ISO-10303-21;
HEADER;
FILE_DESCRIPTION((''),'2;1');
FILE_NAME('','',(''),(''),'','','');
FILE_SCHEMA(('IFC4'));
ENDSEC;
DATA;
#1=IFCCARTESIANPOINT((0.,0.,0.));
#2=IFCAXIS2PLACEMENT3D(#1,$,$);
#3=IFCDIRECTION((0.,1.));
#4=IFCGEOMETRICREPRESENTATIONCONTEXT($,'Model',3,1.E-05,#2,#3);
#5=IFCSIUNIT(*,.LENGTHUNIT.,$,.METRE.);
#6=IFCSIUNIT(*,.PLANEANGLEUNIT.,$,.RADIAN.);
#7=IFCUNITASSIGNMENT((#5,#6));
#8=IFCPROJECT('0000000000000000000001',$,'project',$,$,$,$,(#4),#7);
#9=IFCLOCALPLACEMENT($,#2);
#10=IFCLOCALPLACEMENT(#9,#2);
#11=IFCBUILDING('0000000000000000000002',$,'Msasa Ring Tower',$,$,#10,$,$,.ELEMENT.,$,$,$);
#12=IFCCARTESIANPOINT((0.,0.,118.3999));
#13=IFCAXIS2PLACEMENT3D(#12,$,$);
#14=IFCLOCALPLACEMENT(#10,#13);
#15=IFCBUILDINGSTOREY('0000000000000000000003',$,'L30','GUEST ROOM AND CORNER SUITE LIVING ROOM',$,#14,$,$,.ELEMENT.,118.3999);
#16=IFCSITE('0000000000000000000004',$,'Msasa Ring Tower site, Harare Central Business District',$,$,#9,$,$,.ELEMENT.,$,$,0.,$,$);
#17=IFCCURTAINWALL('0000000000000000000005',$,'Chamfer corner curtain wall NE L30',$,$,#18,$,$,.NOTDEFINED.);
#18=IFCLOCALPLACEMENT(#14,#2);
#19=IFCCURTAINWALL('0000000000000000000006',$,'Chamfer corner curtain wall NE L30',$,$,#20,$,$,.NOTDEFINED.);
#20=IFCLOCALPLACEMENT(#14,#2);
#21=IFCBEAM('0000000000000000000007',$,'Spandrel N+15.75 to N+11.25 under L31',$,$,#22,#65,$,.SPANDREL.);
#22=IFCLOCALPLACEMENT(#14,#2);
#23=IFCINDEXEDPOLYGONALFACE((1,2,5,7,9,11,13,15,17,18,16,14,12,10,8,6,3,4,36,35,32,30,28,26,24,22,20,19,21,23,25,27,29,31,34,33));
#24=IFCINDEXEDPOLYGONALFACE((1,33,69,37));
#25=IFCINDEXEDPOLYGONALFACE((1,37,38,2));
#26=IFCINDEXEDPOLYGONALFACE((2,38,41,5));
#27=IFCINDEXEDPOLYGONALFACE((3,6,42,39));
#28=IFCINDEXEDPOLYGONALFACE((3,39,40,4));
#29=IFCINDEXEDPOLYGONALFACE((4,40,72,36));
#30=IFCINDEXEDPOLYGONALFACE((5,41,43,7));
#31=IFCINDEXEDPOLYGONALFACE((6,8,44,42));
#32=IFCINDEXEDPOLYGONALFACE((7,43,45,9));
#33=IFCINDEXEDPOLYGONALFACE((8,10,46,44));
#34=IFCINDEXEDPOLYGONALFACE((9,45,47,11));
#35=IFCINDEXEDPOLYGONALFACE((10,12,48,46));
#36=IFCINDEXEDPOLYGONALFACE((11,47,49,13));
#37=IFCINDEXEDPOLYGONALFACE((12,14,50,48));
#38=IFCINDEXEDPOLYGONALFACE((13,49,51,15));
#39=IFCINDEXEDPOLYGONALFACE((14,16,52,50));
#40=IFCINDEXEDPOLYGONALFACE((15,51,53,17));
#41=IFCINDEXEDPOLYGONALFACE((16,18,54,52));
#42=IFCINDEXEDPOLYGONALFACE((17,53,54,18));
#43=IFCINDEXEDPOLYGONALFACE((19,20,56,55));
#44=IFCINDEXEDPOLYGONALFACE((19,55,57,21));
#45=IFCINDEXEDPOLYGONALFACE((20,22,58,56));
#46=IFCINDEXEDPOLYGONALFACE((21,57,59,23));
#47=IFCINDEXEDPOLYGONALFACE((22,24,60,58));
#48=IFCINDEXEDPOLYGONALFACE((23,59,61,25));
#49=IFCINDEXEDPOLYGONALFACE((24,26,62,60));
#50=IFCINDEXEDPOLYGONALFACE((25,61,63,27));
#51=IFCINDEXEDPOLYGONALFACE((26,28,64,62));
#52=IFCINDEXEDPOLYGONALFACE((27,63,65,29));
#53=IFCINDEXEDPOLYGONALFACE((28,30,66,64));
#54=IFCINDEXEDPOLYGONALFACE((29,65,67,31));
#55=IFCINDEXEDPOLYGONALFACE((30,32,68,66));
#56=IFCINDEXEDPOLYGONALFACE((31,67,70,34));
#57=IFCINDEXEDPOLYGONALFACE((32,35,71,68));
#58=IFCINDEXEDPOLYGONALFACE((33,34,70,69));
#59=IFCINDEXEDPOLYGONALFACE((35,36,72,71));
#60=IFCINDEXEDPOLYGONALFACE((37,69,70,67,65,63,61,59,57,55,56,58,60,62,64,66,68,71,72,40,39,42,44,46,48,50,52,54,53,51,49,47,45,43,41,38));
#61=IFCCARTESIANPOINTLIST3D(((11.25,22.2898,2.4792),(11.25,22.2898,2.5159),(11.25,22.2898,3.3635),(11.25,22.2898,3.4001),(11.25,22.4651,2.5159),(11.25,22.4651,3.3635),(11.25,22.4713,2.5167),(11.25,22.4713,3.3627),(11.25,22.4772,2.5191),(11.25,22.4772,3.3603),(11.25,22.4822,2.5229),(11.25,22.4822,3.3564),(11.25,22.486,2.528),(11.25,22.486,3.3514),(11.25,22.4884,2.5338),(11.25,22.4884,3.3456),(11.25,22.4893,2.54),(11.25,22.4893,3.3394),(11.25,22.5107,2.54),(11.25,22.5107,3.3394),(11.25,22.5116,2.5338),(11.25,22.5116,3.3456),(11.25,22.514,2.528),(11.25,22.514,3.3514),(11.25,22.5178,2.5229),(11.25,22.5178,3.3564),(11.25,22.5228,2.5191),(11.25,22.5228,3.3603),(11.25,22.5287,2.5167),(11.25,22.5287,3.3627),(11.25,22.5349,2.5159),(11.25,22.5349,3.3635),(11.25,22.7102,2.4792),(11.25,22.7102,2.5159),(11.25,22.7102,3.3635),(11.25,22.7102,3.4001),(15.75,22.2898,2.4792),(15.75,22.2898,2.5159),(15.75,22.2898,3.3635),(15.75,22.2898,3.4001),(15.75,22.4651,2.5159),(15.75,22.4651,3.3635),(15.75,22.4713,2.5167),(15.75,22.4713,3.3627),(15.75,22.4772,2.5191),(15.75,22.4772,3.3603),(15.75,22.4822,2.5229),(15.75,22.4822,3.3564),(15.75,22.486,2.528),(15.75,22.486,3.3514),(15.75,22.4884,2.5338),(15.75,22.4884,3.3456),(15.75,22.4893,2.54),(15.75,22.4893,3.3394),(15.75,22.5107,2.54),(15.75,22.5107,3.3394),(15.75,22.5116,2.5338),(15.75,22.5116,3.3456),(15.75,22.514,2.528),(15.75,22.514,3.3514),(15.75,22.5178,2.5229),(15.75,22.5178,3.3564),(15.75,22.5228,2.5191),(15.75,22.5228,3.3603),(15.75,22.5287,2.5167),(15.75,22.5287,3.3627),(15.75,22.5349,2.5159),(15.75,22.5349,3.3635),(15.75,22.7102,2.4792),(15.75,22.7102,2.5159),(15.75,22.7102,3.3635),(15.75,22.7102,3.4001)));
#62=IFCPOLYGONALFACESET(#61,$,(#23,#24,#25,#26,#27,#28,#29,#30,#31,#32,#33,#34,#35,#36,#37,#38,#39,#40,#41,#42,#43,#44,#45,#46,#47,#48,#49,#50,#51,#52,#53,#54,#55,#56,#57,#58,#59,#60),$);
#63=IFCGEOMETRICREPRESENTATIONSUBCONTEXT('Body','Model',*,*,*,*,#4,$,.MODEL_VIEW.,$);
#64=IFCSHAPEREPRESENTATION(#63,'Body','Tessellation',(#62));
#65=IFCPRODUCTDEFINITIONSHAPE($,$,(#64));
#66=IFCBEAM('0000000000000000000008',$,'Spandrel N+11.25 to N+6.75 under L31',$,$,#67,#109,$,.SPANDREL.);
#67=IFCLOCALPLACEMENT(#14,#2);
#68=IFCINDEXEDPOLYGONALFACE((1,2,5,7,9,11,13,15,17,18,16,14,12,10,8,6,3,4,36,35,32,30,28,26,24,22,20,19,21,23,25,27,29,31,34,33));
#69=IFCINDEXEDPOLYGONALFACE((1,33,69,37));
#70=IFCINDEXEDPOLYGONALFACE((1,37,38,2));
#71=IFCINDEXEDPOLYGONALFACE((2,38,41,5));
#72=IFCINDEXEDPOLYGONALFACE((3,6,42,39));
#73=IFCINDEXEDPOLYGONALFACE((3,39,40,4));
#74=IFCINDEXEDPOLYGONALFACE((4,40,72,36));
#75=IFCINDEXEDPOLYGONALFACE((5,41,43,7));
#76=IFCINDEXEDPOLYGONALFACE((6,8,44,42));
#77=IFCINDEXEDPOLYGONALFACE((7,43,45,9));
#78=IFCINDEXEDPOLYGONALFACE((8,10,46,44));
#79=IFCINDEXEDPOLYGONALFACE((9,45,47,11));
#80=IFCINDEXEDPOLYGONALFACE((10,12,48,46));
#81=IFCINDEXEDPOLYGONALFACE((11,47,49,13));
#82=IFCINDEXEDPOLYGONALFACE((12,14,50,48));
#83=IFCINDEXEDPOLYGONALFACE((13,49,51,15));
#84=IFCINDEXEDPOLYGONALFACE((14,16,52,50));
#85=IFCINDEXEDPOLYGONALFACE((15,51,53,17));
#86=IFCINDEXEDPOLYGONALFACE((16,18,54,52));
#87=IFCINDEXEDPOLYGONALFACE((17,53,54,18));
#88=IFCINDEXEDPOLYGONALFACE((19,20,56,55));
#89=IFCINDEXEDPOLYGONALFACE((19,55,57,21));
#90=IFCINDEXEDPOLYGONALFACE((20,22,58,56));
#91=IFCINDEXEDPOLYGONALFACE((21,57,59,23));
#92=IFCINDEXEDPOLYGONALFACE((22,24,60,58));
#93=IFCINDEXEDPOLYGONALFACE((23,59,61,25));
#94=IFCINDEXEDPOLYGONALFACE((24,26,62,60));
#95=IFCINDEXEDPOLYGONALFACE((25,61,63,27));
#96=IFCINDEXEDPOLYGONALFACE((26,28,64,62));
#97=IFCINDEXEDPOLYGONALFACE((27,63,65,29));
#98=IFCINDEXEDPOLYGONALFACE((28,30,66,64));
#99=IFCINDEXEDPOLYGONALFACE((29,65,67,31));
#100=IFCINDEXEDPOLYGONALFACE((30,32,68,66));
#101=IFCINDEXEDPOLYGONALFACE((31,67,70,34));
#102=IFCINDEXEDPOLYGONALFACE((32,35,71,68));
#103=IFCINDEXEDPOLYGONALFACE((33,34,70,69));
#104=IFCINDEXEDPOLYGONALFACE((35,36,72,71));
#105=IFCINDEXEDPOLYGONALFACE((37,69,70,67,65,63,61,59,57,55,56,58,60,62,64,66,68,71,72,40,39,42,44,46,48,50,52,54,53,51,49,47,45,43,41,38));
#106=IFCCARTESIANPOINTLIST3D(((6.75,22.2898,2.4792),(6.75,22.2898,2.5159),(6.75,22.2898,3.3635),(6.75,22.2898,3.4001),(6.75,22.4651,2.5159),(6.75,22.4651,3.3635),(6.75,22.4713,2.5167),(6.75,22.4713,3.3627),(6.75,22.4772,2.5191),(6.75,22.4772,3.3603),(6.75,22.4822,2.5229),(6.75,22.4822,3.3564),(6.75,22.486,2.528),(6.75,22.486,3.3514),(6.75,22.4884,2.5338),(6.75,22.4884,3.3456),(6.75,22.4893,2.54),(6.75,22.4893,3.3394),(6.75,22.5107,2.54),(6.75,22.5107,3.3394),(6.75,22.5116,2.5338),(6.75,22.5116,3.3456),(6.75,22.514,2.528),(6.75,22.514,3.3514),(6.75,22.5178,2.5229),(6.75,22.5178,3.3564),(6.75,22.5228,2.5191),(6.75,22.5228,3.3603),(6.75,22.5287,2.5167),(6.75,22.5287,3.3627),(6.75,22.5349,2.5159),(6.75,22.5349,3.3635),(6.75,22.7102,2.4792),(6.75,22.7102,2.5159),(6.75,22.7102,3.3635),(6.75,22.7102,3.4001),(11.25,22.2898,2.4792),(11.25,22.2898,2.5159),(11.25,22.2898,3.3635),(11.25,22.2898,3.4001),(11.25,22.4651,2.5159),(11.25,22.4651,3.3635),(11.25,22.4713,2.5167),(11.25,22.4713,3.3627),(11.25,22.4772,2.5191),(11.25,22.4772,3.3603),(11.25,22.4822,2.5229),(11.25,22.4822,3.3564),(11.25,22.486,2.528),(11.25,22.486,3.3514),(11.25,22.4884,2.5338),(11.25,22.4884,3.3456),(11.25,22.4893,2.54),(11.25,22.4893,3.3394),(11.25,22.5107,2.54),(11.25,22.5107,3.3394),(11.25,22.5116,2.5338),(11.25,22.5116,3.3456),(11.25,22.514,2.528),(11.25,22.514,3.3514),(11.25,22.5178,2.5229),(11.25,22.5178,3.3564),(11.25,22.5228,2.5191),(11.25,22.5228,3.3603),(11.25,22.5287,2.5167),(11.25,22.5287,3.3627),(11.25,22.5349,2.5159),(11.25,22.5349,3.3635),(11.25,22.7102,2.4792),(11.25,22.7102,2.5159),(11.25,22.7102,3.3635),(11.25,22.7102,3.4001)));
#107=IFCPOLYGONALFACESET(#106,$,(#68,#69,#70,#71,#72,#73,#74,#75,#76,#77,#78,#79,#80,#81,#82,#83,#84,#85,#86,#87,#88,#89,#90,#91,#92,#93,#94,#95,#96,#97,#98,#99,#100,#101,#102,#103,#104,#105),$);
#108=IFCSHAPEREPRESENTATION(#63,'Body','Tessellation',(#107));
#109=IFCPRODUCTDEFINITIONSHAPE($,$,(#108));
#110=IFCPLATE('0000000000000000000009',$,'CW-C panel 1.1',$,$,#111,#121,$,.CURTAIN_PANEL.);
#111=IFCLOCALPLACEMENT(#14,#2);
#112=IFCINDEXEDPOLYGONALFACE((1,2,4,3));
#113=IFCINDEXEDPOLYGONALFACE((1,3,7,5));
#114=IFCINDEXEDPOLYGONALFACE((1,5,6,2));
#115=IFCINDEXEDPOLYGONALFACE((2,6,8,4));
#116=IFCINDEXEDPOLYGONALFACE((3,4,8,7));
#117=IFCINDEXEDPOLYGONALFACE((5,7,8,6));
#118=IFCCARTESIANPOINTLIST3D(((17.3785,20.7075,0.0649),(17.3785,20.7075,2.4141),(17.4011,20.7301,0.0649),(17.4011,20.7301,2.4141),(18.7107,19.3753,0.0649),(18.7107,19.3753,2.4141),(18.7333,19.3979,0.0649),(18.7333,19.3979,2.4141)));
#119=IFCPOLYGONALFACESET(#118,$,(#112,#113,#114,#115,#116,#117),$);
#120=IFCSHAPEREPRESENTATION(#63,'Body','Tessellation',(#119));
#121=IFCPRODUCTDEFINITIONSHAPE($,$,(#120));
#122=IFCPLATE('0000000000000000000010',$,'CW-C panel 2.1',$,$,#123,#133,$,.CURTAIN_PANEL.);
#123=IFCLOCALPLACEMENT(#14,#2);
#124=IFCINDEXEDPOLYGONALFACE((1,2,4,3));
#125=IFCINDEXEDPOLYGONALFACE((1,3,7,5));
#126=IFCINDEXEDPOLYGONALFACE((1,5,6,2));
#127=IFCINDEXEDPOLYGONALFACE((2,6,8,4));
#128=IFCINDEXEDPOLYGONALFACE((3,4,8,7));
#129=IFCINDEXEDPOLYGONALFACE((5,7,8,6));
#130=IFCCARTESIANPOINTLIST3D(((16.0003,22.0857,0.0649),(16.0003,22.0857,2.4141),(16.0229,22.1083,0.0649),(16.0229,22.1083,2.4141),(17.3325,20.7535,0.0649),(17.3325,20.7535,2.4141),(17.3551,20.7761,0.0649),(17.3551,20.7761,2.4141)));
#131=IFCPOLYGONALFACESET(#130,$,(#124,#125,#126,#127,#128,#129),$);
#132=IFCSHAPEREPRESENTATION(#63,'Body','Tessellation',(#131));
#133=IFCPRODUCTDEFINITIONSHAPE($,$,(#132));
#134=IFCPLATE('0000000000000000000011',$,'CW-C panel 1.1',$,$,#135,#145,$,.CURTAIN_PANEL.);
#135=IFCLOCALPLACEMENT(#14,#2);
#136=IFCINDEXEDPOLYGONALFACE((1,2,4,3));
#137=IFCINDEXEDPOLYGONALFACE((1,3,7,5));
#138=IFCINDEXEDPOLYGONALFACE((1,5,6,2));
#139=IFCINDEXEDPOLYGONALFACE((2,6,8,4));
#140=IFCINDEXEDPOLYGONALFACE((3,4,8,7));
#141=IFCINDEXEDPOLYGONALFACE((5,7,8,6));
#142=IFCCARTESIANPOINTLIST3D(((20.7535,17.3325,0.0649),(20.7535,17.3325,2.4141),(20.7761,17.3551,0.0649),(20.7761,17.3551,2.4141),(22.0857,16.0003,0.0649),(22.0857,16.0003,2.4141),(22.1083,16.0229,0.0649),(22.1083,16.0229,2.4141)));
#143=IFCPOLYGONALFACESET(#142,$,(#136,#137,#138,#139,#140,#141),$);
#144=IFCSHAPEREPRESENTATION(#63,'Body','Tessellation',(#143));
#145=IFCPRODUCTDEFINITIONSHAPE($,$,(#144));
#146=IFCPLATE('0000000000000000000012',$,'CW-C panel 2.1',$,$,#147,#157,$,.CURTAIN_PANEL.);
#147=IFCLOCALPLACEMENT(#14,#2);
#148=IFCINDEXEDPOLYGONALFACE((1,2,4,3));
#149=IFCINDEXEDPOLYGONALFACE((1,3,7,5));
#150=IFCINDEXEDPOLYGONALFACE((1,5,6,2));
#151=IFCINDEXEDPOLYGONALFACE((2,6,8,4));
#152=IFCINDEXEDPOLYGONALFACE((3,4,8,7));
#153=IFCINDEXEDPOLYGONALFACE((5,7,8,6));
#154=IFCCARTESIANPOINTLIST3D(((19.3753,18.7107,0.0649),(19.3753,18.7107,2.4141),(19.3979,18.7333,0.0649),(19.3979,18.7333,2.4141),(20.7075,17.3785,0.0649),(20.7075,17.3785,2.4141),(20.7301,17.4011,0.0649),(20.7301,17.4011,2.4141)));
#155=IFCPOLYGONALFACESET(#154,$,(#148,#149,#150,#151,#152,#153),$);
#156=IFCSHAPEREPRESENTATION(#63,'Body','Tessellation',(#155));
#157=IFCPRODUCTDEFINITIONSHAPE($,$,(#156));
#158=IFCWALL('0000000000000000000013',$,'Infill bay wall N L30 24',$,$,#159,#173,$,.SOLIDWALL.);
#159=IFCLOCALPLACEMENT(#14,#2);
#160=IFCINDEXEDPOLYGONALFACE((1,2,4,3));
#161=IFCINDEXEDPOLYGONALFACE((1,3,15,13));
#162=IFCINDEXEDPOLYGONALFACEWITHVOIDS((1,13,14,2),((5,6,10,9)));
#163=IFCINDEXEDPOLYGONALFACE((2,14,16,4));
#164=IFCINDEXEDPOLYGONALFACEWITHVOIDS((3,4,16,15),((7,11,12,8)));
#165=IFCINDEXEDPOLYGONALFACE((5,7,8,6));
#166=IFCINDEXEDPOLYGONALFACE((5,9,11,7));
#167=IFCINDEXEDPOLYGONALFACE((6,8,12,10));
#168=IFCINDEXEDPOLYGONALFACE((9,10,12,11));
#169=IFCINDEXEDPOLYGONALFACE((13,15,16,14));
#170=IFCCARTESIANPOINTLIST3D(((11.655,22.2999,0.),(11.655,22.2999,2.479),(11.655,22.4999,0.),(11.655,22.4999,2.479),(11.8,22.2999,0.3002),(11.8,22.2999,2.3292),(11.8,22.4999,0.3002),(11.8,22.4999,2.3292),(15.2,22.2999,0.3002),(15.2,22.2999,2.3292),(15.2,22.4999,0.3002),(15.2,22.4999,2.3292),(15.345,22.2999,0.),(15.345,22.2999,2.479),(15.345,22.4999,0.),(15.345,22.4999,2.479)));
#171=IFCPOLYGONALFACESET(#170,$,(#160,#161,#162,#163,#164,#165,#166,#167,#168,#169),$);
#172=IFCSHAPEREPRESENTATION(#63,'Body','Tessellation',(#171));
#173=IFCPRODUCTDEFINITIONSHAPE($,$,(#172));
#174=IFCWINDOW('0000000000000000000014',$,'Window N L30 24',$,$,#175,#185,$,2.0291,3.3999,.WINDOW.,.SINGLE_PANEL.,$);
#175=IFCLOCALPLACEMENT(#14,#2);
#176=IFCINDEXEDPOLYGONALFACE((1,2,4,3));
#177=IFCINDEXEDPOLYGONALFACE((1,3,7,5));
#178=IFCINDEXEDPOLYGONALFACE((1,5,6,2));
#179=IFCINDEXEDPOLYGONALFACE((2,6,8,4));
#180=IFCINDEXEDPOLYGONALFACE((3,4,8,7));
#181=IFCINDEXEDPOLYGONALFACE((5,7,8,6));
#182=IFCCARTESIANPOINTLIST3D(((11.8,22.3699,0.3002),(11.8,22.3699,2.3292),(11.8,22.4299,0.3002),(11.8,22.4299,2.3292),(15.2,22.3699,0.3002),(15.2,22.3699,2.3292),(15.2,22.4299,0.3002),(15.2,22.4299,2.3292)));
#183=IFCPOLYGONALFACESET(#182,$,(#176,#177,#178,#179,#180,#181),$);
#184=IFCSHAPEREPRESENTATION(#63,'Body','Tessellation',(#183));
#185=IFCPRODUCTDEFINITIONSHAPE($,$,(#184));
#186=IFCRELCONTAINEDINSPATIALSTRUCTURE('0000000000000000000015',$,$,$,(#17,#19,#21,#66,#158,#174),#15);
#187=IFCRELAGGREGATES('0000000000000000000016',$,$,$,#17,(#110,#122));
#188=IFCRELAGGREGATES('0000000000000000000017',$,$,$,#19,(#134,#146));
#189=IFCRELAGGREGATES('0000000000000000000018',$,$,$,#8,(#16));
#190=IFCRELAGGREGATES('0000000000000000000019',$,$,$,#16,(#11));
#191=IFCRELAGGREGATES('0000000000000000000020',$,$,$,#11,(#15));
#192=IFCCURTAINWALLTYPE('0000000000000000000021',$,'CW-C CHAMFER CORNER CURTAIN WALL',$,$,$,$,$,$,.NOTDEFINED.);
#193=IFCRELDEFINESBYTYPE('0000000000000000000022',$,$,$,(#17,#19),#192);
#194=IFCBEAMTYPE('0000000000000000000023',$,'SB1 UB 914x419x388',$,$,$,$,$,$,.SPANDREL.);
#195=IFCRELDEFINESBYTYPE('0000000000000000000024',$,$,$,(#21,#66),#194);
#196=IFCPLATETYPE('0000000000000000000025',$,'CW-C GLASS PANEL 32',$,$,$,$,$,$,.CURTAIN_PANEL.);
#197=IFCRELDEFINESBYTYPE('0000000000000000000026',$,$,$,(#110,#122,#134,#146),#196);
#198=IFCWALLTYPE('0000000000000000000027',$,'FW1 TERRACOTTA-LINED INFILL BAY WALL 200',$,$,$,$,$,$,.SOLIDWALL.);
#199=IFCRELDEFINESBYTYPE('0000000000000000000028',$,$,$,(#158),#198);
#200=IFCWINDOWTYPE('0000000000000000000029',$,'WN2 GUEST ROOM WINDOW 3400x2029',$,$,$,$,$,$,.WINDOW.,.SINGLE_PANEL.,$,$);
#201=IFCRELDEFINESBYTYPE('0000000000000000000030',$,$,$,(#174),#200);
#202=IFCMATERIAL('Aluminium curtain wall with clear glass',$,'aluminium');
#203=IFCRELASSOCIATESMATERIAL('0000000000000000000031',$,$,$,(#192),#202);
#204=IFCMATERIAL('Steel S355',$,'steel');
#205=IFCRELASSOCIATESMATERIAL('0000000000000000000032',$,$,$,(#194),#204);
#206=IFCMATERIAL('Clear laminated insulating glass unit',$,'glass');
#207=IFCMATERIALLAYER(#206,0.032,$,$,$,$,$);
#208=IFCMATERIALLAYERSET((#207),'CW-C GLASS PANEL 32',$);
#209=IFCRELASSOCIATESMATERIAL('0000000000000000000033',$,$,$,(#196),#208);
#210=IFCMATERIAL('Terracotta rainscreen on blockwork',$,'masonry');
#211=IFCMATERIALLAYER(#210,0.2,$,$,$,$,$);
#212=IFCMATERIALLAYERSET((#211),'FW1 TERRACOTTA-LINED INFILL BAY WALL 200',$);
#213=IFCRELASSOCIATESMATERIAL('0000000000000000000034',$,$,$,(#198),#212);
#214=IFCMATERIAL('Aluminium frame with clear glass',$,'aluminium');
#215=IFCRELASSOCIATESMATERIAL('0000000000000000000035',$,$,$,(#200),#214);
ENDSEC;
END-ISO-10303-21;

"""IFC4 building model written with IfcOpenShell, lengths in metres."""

from ifc_helpers import new_model, si_unit, direction, frame, frame_2d, origin, origin_2d, place, context, subcontext, project, spatial, rectangle, i_section, extrude, material, layer, layer_set, material_profile, profile_set, type_object, element, fill, aggregate, save


model = new_model("IFC4")

# Units and contexts
model_context = context("Model", 3, precision=1e-05, world=origin(), true_north=direction((0.0, 1.0)))
body_context = subcontext(model_context, "Body", "Model", "MODEL_VIEW")
ifc_project = project(units=[si_unit("LENGTHUNIT", "METRE"), si_unit("PLANEANGLEUNIT", "RADIAN")], contexts=[model_context])

# Site, building, storey
site_placement = place(None, origin())
site = spatial("IfcSite", under=ifc_project, at=site_placement, Name="Msasa Ring Tower site, Harare Central Business District", CompositionType="ELEMENT", RefElevation=0.0)
building_placement = place(site_placement, origin())
building = spatial("IfcBuilding", under=site, at=building_placement, Name="Msasa Ring Tower", CompositionType="ELEMENT")
storey_placement = place(building_placement, frame((0.0, 0.0, 118.3999)))
storey = spatial("IfcBuildingStorey", under=building, at=storey_placement, Name="L30", Description="GUEST ROOM AND CORNER SUITE LIVING ROOM", CompositionType="ELEMENT", Elevation=118.3999)

# Curtain walls
ifc_material_1 = material(Name="Aluminium curtain wall with clear glass", Category="aluminium")
curtain_wall_type = type_object("IfcCurtainWallType", Name="CW-C CHAMFER CORNER CURTAIN WALL", PredefinedType="NOTDEFINED", material=ifc_material_1)
curtain_wall_1_placement = place(storey_placement, origin())
curtain_wall_1 = element("IfcCurtainWall", 1, at=curtain_wall_1_placement, inside=storey, type_object=curtain_wall_type, Name="Chamfer corner curtain wall NE L30", PredefinedType="NOTDEFINED")
curtain_wall_2_placement = place(storey_placement, origin())
curtain_wall_2 = element("IfcCurtainWall", 2, at=curtain_wall_2_placement, inside=storey, type_object=curtain_wall_type, Name="Chamfer corner curtain wall NE L30", PredefinedType="NOTDEFINED")

# Beams
ifc_material_2 = material(Name="Steel S355", Category="steel")
ifc_material_profile_1 = material_profile(ifc_material_2, i_section(OverallWidth=0.4204, OverallDepth=0.9209, WebThickness=0.0215, FlangeThickness=0.0366, FilletRadius=0.0242, at=origin_2d()), Name="UB 914x419x388")
ifc_profile_set_1 = profile_set([ifc_material_profile_1], Name="Steel S355")
beam_type_1 = type_object("IfcBeamType", Name="SB1 UB 914x419x388", PredefinedType="SPANDREL", material=ifc_profile_set_1)
for number, where, z_axis, x_axis, name in (
    (3, (15.75, 22.5, 2.9397), (-1.0, 0.0, 0.0), (0.0, -1.0, 0.0), "Spandrel N+15.75 to N+11.25 under L31"),
    (4, (11.25, 22.5, 2.9397), (-1.0, 0.0, 0.0), (0.0, -1.0, 0.0), "Spandrel N+11.25 to N+6.75 under L31"),
):
    element("IfcBeam", number, at=place(storey_placement, frame(where, z_axis=z_axis, x_axis=x_axis)), inside=storey, type_object=beam_type_1, Name=name, PredefinedType="SPANDREL", context=body_context, shape_type="SweptSolid", body=[
        extrude(i_section(OverallWidth=0.4204, OverallDepth=0.9209, WebThickness=0.0215, FlangeThickness=0.0366, FilletRadius=0.0242, at=origin_2d()), origin(), (0.0, 0.0, 1.0), 4.5),
    ])

# Plates
ifc_material_3 = material(Name="Clear laminated insulating glass unit", Category="glass")
ifc_layer_1 = layer(ifc_material_3, 0.032)
ifc_layer_set_1 = layer_set([ifc_layer_1], Name="CW-C GLASS PANEL 32")
plate_type = type_object("IfcPlateType", Name="CW-C GLASS PANEL 32", PredefinedType="CURTAIN_PANEL", material=ifc_layer_set_1)
plate_1_placement = place(storey_placement, frame((18.0559, 20.0527, 0.0649), z_axis=(0.0, 0.0, 1.0), x_axis=(-0.707107, 0.707107, 0.0)))
plate_1 = element("IfcPlate", 5, at=plate_1_placement, type_object=plate_type, Name="CW-C panel 1.1", PredefinedType="CURTAIN_PANEL", context=body_context, shape_type="SweptSolid", body=[
    extrude(rectangle(XDim=1.884, YDim=0.032, at=origin_2d()), origin(), (0.0, 0.0, 1.0), 2.3491),
])
plate_2_placement = place(storey_placement, frame((16.6777, 21.4309, 0.0649), z_axis=(0.0, 0.0, 1.0), x_axis=(-0.707107, 0.707107, 0.0)))
plate_2 = element("IfcPlate", 6, at=plate_2_placement, type_object=plate_type, Name="CW-C panel 2.1", PredefinedType="CURTAIN_PANEL", context=body_context, shape_type="SweptSolid", body=[
    extrude(rectangle(XDim=1.884, YDim=0.032, at=origin_2d()), origin(), (0.0, 0.0, 1.0), 2.3491),
])
aggregate(curtain_wall_1, [plate_1, plate_2])
plate_3_placement = place(storey_placement, frame((21.4309, 16.6777, 0.0649), z_axis=(0.0, 0.0, 1.0), x_axis=(-0.707107, 0.707107, 0.0)))
plate_3 = element("IfcPlate", 7, at=plate_3_placement, type_object=plate_type, Name="CW-C panel 1.1", PredefinedType="CURTAIN_PANEL", context=body_context, shape_type="SweptSolid", body=[
    extrude(rectangle(XDim=1.884, YDim=0.032, at=origin_2d()), origin(), (0.0, 0.0, 1.0), 2.3491),
])
plate_4_placement = place(storey_placement, frame((20.0527, 18.0559, 0.0649), z_axis=(0.0, 0.0, 1.0), x_axis=(-0.707107, 0.707107, 0.0)))
plate_4 = element("IfcPlate", 8, at=plate_4_placement, type_object=plate_type, Name="CW-C panel 2.1", PredefinedType="CURTAIN_PANEL", context=body_context, shape_type="SweptSolid", body=[
    extrude(rectangle(XDim=1.884, YDim=0.032, at=origin_2d()), origin(), (0.0, 0.0, 1.0), 2.3491),
])
aggregate(curtain_wall_2, [plate_3, plate_4])

# Wall, opening, window
ifc_material_4 = material(Name="Terracotta rainscreen on blockwork", Category="masonry")
ifc_layer_2 = layer(ifc_material_4, 0.2)
ifc_layer_set_2 = layer_set([ifc_layer_2], Name="FW1 TERRACOTTA-LINED INFILL BAY WALL 200")
wall_type = type_object("IfcWallType", Name="FW1 TERRACOTTA-LINED INFILL BAY WALL 200", PredefinedType="SOLIDWALL", material=ifc_layer_set_2)
wall_placement = place(storey_placement, frame((11.655, 22.3999, 0.0), z_axis=(0.0, 0.0, 1.0), x_axis=(1.0, 0.0, 0.0)))
wall = element("IfcWall", 9, at=wall_placement, inside=storey, type_object=wall_type, Name="Infill bay wall N L30 24", PredefinedType="SOLIDWALL", context=body_context, shape_type="SweptSolid", body=[
    extrude(rectangle(XDim=3.6899, YDim=0.2, at=frame_2d((1.845, 0.0))), origin(), (0.0, 0.0, 1.0), 2.479),
])
opening_placement = place(wall_placement, frame((0.145, 0.0, 0.3)))
opening = element("IfcOpeningElement", 10, at=opening_placement, cuts=wall, PredefinedType="OPENING", context=body_context, shape_type="SweptSolid", body=[
    extrude(rectangle(XDim=3.3999, YDim=2.0291, at=frame_2d((1.7, 1.0146))), frame((0.0, 0.1099, 0.0), z_axis=(0.0, -1.0, 0.0), x_axis=(1.0, 0.0, 0.0)), (0.0, 0.0, 1.0), 0.22),
])
ifc_material_5 = material(Name="Aluminium frame with clear glass", Category="aluminium")
window_type = type_object("IfcWindowType", Name="WN2 GUEST ROOM WINDOW 3400x2029", PartitioningType="SINGLE_PANEL", PredefinedType="WINDOW", material=ifc_material_5)
window_placement = place(opening_placement, origin())
window = element("IfcWindow", 11, at=window_placement, inside=storey, type_object=window_type, Name="Window N L30 24", OverallHeight=2.0291, OverallWidth=3.3999, PartitioningType="SINGLE_PANEL", PredefinedType="WINDOW", context=body_context, shape_type="SweptSolid", body=[
    extrude(rectangle(XDim=3.3999, YDim=2.0291, at=frame_2d((1.7, 1.0146))), frame((0.0, 0.03, 0.0), z_axis=(0.0, -1.0, 0.0), x_axis=(1.0, 0.0, 0.0)), (0.0, 0.0, 1.0), 0.0601),
])
fill(opening, window)

save(model, "model.ifc")
